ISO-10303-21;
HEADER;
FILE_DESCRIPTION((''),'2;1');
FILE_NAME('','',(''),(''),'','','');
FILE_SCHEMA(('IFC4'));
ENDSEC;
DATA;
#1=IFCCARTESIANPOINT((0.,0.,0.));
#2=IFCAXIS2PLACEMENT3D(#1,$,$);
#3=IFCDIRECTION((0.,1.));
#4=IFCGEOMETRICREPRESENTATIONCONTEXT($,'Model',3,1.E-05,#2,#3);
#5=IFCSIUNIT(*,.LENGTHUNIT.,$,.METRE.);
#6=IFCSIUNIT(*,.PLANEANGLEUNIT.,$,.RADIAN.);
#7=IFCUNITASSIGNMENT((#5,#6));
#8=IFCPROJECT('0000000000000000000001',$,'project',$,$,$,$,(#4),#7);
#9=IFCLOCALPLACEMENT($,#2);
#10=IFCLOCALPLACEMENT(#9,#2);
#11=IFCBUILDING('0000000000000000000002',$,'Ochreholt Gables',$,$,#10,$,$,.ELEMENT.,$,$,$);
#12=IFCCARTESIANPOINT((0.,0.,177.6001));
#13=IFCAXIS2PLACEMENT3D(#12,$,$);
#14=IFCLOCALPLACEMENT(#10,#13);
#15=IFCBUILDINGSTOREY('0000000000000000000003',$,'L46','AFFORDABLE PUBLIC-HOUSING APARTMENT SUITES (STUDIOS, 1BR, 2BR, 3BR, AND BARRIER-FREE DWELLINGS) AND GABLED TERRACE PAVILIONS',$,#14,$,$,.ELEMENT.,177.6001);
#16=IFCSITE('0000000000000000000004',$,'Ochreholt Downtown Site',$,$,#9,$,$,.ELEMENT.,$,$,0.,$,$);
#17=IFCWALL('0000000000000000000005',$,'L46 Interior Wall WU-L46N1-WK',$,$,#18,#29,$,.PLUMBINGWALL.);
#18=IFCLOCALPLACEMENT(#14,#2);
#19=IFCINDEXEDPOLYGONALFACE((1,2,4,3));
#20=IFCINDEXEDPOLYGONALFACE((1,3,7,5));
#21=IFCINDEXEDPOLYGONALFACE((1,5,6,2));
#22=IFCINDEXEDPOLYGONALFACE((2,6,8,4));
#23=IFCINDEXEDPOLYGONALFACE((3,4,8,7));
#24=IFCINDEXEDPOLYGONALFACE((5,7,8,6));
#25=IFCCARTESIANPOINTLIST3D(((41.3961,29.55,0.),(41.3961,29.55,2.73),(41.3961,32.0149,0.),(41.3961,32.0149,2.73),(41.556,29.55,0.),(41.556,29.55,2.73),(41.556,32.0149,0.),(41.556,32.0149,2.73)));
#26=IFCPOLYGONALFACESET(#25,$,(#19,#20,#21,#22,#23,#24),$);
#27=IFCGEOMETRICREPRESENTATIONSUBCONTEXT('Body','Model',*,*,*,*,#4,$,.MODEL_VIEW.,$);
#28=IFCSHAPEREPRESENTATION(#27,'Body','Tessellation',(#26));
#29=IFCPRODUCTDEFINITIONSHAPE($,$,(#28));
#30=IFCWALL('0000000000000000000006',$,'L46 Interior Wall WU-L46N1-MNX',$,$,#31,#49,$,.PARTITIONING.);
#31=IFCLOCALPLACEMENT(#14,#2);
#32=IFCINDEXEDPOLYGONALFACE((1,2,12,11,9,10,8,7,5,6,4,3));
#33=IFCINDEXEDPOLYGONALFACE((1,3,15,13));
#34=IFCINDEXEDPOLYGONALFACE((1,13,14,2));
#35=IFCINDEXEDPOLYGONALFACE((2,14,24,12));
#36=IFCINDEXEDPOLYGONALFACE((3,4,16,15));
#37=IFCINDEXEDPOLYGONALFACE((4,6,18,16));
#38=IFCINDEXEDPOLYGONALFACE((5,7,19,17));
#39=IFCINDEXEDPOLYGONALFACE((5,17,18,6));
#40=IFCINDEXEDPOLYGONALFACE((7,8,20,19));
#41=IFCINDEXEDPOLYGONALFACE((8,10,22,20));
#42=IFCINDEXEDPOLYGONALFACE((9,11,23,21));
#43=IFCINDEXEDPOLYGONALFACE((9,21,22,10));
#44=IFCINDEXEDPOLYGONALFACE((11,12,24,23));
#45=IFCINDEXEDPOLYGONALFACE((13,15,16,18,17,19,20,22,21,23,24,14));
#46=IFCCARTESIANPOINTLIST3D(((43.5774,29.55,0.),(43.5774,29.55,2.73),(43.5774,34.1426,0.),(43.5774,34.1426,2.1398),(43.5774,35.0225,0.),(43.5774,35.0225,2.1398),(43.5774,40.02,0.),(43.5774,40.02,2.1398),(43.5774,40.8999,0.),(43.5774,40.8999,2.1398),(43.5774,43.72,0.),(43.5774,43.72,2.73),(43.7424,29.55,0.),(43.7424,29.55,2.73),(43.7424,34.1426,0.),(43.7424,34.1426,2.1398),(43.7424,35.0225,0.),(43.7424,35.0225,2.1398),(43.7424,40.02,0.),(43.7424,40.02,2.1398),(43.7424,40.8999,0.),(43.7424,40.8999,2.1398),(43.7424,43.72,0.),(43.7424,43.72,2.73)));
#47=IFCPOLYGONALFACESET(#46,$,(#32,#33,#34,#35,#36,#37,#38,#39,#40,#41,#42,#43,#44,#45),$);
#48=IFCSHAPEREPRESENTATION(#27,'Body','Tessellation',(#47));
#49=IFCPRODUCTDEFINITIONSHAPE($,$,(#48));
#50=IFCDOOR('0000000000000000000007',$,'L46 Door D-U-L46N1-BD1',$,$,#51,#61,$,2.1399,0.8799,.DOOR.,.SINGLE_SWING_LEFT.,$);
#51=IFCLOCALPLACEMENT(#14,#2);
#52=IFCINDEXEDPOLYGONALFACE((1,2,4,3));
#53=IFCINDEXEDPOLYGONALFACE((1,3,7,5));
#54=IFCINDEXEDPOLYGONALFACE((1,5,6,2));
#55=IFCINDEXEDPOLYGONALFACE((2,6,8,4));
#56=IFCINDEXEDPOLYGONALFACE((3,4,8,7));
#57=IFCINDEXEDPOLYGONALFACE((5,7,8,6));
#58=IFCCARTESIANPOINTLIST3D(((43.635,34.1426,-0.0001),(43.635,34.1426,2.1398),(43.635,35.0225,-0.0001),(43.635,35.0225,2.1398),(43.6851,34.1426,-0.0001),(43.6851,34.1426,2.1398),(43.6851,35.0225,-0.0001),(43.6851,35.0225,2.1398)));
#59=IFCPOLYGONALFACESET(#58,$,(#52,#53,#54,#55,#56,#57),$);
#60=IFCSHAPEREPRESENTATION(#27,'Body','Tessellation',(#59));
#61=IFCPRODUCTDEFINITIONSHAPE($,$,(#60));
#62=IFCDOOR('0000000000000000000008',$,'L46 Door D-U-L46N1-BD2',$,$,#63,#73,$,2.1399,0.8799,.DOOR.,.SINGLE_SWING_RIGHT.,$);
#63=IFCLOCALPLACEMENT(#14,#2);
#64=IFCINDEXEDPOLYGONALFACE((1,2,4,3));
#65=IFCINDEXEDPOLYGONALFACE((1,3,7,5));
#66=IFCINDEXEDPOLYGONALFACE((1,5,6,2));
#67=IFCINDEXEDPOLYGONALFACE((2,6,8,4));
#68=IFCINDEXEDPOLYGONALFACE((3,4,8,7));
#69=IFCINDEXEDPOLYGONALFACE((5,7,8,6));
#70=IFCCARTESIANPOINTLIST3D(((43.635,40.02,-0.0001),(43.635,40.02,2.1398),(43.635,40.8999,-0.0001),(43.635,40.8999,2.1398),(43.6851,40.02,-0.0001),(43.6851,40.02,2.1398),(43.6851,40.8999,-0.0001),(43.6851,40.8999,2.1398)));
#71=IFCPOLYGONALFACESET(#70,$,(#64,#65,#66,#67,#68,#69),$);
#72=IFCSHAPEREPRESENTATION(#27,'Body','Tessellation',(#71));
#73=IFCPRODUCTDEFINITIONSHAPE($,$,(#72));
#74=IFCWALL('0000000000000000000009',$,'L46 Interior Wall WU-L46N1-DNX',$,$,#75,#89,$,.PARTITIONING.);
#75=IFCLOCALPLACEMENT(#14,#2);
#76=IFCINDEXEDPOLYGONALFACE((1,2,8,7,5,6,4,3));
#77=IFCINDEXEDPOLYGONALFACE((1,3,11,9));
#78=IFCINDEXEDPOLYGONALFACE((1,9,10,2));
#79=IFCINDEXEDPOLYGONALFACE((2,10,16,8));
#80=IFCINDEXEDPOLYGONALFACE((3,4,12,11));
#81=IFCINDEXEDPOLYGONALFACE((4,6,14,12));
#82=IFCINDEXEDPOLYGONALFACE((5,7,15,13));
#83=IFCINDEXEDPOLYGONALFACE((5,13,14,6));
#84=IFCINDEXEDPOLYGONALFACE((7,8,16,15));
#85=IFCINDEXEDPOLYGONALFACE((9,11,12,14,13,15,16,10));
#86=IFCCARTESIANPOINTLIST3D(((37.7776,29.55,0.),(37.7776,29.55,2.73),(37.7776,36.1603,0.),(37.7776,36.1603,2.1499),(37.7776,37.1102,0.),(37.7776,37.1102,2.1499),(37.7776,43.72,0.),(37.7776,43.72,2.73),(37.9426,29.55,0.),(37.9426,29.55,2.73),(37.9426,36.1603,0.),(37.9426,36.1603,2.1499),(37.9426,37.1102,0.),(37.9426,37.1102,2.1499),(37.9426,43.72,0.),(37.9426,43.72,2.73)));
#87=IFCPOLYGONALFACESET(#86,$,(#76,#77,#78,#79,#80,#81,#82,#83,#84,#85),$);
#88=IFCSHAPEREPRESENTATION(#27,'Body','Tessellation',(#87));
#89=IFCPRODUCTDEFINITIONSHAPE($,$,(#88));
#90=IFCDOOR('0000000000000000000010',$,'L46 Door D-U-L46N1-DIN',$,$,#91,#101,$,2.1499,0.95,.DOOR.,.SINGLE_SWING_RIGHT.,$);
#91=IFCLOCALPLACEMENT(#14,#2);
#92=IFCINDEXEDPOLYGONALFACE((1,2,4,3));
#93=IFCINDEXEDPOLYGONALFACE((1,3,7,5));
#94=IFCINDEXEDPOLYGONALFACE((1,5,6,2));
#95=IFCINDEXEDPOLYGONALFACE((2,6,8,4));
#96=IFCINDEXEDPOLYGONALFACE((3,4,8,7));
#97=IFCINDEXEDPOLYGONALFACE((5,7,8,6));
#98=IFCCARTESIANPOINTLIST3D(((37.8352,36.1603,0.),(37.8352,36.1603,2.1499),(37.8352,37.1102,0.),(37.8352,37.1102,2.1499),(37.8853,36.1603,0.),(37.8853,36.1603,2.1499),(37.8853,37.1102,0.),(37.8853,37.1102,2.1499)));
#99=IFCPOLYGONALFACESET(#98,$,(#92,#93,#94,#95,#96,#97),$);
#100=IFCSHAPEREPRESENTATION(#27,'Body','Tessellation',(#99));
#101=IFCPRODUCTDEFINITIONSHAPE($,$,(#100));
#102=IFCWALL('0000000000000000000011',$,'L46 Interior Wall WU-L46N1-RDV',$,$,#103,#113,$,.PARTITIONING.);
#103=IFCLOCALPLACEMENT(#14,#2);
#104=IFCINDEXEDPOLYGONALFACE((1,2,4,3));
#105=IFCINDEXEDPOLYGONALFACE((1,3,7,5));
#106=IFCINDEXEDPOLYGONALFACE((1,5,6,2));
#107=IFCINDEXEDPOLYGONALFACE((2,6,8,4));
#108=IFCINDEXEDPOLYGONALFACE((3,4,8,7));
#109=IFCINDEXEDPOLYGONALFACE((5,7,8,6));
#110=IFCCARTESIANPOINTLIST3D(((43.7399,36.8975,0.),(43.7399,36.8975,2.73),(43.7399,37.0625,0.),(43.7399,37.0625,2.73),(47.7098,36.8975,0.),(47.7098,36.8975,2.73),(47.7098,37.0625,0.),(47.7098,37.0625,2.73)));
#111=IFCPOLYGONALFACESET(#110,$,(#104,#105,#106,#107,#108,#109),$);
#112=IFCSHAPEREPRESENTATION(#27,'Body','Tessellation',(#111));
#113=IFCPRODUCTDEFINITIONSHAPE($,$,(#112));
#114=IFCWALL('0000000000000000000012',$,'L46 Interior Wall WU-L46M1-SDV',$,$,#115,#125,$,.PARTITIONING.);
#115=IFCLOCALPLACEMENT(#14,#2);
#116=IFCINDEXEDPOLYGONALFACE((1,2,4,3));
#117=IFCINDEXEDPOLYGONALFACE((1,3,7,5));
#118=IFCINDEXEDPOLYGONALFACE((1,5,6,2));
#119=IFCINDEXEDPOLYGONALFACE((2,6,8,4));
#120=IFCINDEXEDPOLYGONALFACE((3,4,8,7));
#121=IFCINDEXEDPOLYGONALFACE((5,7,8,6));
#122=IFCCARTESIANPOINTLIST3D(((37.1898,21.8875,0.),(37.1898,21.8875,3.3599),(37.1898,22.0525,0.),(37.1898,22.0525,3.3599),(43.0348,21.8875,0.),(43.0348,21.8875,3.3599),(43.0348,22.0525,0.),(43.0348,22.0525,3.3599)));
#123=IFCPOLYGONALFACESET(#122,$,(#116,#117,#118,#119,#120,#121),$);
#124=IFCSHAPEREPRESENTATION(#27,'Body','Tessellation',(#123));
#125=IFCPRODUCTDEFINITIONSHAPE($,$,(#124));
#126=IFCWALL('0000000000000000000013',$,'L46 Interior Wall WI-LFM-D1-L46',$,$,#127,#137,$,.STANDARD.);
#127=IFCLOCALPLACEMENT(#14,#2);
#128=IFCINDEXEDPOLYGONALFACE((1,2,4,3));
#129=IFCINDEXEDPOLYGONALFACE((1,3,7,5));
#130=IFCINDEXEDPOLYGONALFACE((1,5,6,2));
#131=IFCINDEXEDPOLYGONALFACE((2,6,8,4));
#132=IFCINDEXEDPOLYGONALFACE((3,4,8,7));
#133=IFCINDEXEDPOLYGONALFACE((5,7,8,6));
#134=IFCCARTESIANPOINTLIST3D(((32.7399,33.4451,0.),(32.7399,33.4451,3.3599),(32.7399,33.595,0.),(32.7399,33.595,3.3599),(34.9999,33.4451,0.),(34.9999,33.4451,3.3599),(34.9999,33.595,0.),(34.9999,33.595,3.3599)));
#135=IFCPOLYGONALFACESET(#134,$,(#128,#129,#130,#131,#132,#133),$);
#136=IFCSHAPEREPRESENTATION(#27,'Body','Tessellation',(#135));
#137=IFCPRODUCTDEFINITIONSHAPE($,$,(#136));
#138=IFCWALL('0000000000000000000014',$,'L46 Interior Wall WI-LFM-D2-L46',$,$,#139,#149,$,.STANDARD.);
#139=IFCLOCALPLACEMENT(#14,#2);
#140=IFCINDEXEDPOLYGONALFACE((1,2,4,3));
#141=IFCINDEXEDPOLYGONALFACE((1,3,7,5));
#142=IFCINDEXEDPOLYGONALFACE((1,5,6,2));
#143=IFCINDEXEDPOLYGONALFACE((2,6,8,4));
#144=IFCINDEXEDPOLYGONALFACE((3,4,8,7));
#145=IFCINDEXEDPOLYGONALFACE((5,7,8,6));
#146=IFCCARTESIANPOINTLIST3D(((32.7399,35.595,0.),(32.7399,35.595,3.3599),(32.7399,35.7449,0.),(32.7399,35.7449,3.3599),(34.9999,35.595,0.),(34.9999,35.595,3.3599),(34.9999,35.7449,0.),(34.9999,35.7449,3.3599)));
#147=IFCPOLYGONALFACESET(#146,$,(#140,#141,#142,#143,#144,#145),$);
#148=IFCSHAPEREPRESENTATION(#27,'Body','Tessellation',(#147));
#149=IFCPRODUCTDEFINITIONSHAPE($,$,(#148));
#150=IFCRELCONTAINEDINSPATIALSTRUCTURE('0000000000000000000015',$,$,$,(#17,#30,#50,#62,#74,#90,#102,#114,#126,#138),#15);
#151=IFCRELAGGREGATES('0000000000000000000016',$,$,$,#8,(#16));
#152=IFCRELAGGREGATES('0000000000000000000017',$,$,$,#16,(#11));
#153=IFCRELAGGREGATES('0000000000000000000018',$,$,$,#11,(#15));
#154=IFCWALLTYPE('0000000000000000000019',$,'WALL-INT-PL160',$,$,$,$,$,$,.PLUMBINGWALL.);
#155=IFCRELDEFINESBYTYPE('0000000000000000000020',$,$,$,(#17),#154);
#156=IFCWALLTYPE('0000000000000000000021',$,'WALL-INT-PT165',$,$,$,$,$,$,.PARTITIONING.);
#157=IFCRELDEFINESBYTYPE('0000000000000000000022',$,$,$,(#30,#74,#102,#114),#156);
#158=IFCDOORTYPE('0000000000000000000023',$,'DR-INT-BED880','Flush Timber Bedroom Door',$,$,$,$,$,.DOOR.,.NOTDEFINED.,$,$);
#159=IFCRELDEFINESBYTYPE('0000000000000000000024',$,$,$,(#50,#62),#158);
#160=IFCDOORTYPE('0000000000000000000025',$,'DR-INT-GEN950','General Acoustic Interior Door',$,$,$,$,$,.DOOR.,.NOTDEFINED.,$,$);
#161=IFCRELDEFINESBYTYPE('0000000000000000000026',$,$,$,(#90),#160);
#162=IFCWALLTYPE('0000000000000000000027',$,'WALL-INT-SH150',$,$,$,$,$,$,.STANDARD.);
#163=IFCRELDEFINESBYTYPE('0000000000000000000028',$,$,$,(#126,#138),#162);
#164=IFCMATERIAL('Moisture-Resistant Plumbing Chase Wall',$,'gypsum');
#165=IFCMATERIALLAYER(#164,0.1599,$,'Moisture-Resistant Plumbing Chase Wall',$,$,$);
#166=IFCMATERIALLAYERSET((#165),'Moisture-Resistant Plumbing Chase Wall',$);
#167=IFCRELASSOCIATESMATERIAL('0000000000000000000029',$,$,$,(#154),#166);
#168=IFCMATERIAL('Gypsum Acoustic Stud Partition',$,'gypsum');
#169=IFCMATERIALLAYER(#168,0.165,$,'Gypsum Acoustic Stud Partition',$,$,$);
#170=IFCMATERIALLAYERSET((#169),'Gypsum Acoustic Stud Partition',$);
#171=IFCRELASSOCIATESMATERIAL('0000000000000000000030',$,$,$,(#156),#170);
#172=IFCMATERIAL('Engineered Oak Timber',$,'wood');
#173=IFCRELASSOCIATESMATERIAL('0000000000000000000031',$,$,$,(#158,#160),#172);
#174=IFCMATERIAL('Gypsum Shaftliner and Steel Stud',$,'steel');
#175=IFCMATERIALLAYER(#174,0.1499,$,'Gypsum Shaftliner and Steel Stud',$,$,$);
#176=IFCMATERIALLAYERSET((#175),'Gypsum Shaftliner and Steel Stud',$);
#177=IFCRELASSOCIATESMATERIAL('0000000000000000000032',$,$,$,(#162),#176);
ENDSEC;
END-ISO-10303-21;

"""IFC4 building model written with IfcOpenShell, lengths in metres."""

from ifc_helpers import new_model, si_unit, direction, frame, frame_2d, origin, place, context, subcontext, project, spatial, rectangle, extrude, material, layer, layer_set, type_object, element, fill, save


model = new_model("IFC4")

# Units and contexts
model_context = context("Model", 3, precision=1e-05, world=origin(), true_north=direction((0.0, 1.0)))
body_context = subcontext(model_context, "Body", "Model", "MODEL_VIEW")
ifc_project = project(units=[si_unit("LENGTHUNIT", "METRE"), si_unit("PLANEANGLEUNIT", "RADIAN")], contexts=[model_context])

# Site, building, storey
site_placement = place(None, origin())
site = spatial("IfcSite", under=ifc_project, at=site_placement, Name="Ochreholt Downtown Site", CompositionType="ELEMENT", RefElevation=0.0)
building_placement = place(site_placement, origin())
building = spatial("IfcBuilding", under=site, at=building_placement, Name="Ochreholt Gables", CompositionType="ELEMENT")
storey_placement = place(building_placement, frame((0.0, 0.0, 177.6001)))
storey = spatial("IfcBuildingStorey", under=building, at=storey_placement, Name="L46", Description="AFFORDABLE PUBLIC-HOUSING APARTMENT SUITES (STUDIOS, 1BR, 2BR, 3BR, AND BARRIER-FREE DWELLINGS) AND GABLED TERRACE PAVILIONS", CompositionType="ELEMENT", Elevation=177.6001)

# Shared definitions
ifc_material_1 = material(Name="Engineered Oak Timber", Category="wood")

# Shared definitions
ifc_material_2 = material(Name="Moisture-Resistant Plumbing Chase Wall", Category="gypsum")
ifc_layer_1 = layer(ifc_material_2, 0.1599, Name="Moisture-Resistant Plumbing Chase Wall")
ifc_layer_set_1 = layer_set([ifc_layer_1], Name="Moisture-Resistant Plumbing Chase Wall")
wall_type_1 = type_object("IfcWallType", Name="WALL-INT-PL160", PredefinedType="PLUMBINGWALL", material=ifc_layer_set_1)

# Wall
wall_1_placement = place(storey_placement, frame((41.4761, 29.55, 0.0), z_axis=(0.0, 0.0, 1.0), x_axis=(0.0, 1.0, 0.0)))
element("IfcWall", 1, at=wall_1_placement, inside=storey, type_object=wall_type_1, Name="L46 Interior Wall WU-L46N1-WK", PredefinedType="PLUMBINGWALL", context=body_context, shape_type="SweptSolid", body=[
    extrude(rectangle(XDim=2.4648, YDim=0.1599, at=frame_2d((1.2324, 0.0))), origin(), (0.0, 0.0, 1.0), 2.73),
])

# Wall, openings, doors
ifc_material_3 = material(Name="Gypsum Acoustic Stud Partition", Category="gypsum")
ifc_layer_2 = layer(ifc_material_3, 0.165, Name="Gypsum Acoustic Stud Partition")
ifc_layer_set_2 = layer_set([ifc_layer_2], Name="Gypsum Acoustic Stud Partition")
wall_type_2 = type_object("IfcWallType", Name="WALL-INT-PT165", PredefinedType="PARTITIONING", material=ifc_layer_set_2)
wall_2_placement = place(storey_placement, frame((43.6599, 29.55, 0.0), z_axis=(0.0, 0.0, 1.0), x_axis=(0.0, 1.0, 0.0)))
wall_2 = element("IfcWall", 2, at=wall_2_placement, inside=storey, type_object=wall_type_2, Name="L46 Interior Wall WU-L46N1-MNX", PredefinedType="PARTITIONING", context=body_context, shape_type="SweptSolid", body=[
    extrude(rectangle(XDim=14.1699, YDim=0.165, at=frame_2d((7.085, 0.0))), origin(), (0.0, 0.0, 1.0), 2.73),
])
opening_1_placement = place(wall_2_placement, frame((4.5925, 0.0, 0.0)))
opening_1 = element("IfcOpeningElement", 3, at=opening_1_placement, cuts=wall_2, PredefinedType="OPENING", context=body_context, shape_type="SweptSolid", body=[
    extrude(rectangle(XDim=0.8799, YDim=2.1399, at=frame_2d((0.4399, 1.0698))), frame((0.0, 0.0925, 0.0), z_axis=(0.0, -1.0, 0.0), x_axis=(1.0, 0.0, 0.0)), (0.0, 0.0, 1.0), 0.1851),
])
opening_2_placement = place(wall_2_placement, frame((10.47, 0.0, 0.0)))
opening_2 = element("IfcOpeningElement", 4, at=opening_2_placement, cuts=wall_2, PredefinedType="OPENING", context=body_context, shape_type="SweptSolid", body=[
    extrude(rectangle(XDim=0.8799, YDim=2.1399, at=frame_2d((0.4399, 1.0698))), frame((0.0, 0.0925, 0.0), z_axis=(0.0, -1.0, 0.0), x_axis=(1.0, 0.0, 0.0)), (0.0, 0.0, 1.0), 0.1851),
])
door_type_1 = type_object("IfcDoorType", Name="DR-INT-BED880", Description="Flush Timber Bedroom Door", OperationType="NOTDEFINED", PredefinedType="DOOR", material=ifc_material_1)
door_1_placement = place(opening_1_placement, origin())
door_1 = element("IfcDoor", 5, at=door_1_placement, inside=storey, type_object=door_type_1, Name="L46 Door D-U-L46N1-BD1", OperationType="SINGLE_SWING_LEFT", OverallHeight=2.1399, OverallWidth=0.8799, PredefinedType="DOOR", context=body_context, shape_type="SweptSolid", body=[
    extrude(rectangle(XDim=0.8799, YDim=2.1399, at=frame_2d((0.4399, 1.0698))), frame((0.0, 0.0249, 0.0), z_axis=(0.0, -1.0, 0.0), x_axis=(1.0, 0.0, 0.0)), (0.0, 0.0, 1.0), 0.05),
])
fill(opening_1, door_1)
door_2_placement = place(opening_2_placement, origin())
door_2 = element("IfcDoor", 6, at=door_2_placement, inside=storey, type_object=door_type_1, Name="L46 Door D-U-L46N1-BD2", OperationType="SINGLE_SWING_RIGHT", OverallHeight=2.1399, OverallWidth=0.8799, PredefinedType="DOOR", context=body_context, shape_type="SweptSolid", body=[
    extrude(rectangle(XDim=0.8799, YDim=2.1399, at=frame_2d((0.4399, 1.0698))), frame((0.0, 0.0249, 0.0), z_axis=(0.0, -1.0, 0.0), x_axis=(1.0, 0.0, 0.0)), (0.0, 0.0, 1.0), 0.05),
])
fill(opening_2, door_2)

# Wall, opening, door
wall_3_placement = place(storey_placement, frame((37.8601, 29.55, 0.0), z_axis=(0.0, 0.0, 1.0), x_axis=(0.0, 1.0, 0.0)))
wall_3 = element("IfcWall", 7, at=wall_3_placement, inside=storey, type_object=wall_type_2, Name="L46 Interior Wall WU-L46N1-DNX", PredefinedType="PARTITIONING", context=body_context, shape_type="SweptSolid", body=[
    extrude(rectangle(XDim=14.1699, YDim=0.165, at=frame_2d((7.085, 0.0))), origin(), (0.0, 0.0, 1.0), 2.73),
])
opening_3_placement = place(wall_3_placement, frame((6.6101, 0.0, 0.0)))
opening_3 = element("IfcOpeningElement", 8, at=opening_3_placement, cuts=wall_3, PredefinedType="OPENING", context=body_context, shape_type="SweptSolid", body=[
    extrude(rectangle(XDim=0.95, YDim=2.1499, at=frame_2d((0.4751, 1.075))), frame((0.0, 0.0925, 0.0), z_axis=(0.0, -1.0, 0.0), x_axis=(1.0, 0.0, 0.0)), (0.0, 0.0, 1.0), 0.1851),
])
door_type_2 = type_object("IfcDoorType", Name="DR-INT-GEN950", Description="General Acoustic Interior Door", OperationType="NOTDEFINED", PredefinedType="DOOR", material=ifc_material_1)
door_3_placement = place(opening_3_placement, origin())
door_3 = element("IfcDoor", 9, at=door_3_placement, inside=storey, type_object=door_type_2, Name="L46 Door D-U-L46N1-DIN", OperationType="SINGLE_SWING_RIGHT", OverallHeight=2.1499, OverallWidth=0.95, PredefinedType="DOOR", context=body_context, shape_type="SweptSolid", body=[
    extrude(rectangle(XDim=0.95, YDim=2.1499, at=frame_2d((0.4751, 1.075))), frame((0.0, 0.0249, 0.0), z_axis=(0.0, -1.0, 0.0), x_axis=(1.0, 0.0, 0.0)), (0.0, 0.0, 1.0), 0.05),
])
fill(opening_3, door_3)

# Walls
wall_4_placement = place(storey_placement, frame((43.74, 36.98, 0.0), z_axis=(0.0, 0.0, 1.0), x_axis=(1.0, 0.0, 0.0)))
element("IfcWall", 10, at=wall_4_placement, inside=storey, type_object=wall_type_2, Name="L46 Interior Wall WU-L46N1-RDV", PredefinedType="PARTITIONING", context=body_context, shape_type="SweptSolid", body=[
    extrude(rectangle(XDim=3.97, YDim=0.165, at=frame_2d((1.9849, 0.0))), origin(), (0.0, 0.0, 1.0), 2.73),
])
wall_5_placement = place(storey_placement, frame((37.1899, 21.97, 0.0), z_axis=(0.0, 0.0, 1.0), x_axis=(1.0, 0.0, 0.0)))
element("IfcWall", 11, at=wall_5_placement, inside=storey, type_object=wall_type_2, Name="L46 Interior Wall WU-L46M1-SDV", PredefinedType="PARTITIONING", context=body_context, shape_type="SweptSolid", body=[
    extrude(rectangle(XDim=5.845, YDim=0.165, at=frame_2d((2.9224, 0.0))), origin(), (0.0, 0.0, 1.0), 3.3599),
])
ifc_material_4 = material(Name="Gypsum Shaftliner and Steel Stud", Category="steel")
ifc_layer_3 = layer(ifc_material_4, 0.1499, Name="Gypsum Shaftliner and Steel Stud")
ifc_layer_set_3 = layer_set([ifc_layer_3], Name="Gypsum Shaftliner and Steel Stud")
wall_type_3 = type_object("IfcWallType", Name="WALL-INT-SH150", PredefinedType="STANDARD", material=ifc_layer_set_3)
for number, where, z_axis, x_axis, name in (
    (12, (32.74, 33.52, 0.0), (0.0, 0.0, 1.0), (1.0, 0.0, 0.0), "L46 Interior Wall WI-LFM-D1-L46"),
    (13, (32.74, 35.6699, 0.0), (0.0, 0.0, 1.0), (1.0, 0.0, 0.0), "L46 Interior Wall WI-LFM-D2-L46"),
):
    element("IfcWall", number, at=place(storey_placement, frame(where, z_axis=z_axis, x_axis=x_axis)), inside=storey, type_object=wall_type_3, Name=name, PredefinedType="STANDARD", context=body_context, shape_type="SweptSolid", body=[
        extrude(rectangle(XDim=2.26, YDim=0.1499, at=frame_2d((1.1299, 0.0))), origin(), (0.0, 0.0, 1.0), 3.3599),
    ])

save(model, "model.ifc")
